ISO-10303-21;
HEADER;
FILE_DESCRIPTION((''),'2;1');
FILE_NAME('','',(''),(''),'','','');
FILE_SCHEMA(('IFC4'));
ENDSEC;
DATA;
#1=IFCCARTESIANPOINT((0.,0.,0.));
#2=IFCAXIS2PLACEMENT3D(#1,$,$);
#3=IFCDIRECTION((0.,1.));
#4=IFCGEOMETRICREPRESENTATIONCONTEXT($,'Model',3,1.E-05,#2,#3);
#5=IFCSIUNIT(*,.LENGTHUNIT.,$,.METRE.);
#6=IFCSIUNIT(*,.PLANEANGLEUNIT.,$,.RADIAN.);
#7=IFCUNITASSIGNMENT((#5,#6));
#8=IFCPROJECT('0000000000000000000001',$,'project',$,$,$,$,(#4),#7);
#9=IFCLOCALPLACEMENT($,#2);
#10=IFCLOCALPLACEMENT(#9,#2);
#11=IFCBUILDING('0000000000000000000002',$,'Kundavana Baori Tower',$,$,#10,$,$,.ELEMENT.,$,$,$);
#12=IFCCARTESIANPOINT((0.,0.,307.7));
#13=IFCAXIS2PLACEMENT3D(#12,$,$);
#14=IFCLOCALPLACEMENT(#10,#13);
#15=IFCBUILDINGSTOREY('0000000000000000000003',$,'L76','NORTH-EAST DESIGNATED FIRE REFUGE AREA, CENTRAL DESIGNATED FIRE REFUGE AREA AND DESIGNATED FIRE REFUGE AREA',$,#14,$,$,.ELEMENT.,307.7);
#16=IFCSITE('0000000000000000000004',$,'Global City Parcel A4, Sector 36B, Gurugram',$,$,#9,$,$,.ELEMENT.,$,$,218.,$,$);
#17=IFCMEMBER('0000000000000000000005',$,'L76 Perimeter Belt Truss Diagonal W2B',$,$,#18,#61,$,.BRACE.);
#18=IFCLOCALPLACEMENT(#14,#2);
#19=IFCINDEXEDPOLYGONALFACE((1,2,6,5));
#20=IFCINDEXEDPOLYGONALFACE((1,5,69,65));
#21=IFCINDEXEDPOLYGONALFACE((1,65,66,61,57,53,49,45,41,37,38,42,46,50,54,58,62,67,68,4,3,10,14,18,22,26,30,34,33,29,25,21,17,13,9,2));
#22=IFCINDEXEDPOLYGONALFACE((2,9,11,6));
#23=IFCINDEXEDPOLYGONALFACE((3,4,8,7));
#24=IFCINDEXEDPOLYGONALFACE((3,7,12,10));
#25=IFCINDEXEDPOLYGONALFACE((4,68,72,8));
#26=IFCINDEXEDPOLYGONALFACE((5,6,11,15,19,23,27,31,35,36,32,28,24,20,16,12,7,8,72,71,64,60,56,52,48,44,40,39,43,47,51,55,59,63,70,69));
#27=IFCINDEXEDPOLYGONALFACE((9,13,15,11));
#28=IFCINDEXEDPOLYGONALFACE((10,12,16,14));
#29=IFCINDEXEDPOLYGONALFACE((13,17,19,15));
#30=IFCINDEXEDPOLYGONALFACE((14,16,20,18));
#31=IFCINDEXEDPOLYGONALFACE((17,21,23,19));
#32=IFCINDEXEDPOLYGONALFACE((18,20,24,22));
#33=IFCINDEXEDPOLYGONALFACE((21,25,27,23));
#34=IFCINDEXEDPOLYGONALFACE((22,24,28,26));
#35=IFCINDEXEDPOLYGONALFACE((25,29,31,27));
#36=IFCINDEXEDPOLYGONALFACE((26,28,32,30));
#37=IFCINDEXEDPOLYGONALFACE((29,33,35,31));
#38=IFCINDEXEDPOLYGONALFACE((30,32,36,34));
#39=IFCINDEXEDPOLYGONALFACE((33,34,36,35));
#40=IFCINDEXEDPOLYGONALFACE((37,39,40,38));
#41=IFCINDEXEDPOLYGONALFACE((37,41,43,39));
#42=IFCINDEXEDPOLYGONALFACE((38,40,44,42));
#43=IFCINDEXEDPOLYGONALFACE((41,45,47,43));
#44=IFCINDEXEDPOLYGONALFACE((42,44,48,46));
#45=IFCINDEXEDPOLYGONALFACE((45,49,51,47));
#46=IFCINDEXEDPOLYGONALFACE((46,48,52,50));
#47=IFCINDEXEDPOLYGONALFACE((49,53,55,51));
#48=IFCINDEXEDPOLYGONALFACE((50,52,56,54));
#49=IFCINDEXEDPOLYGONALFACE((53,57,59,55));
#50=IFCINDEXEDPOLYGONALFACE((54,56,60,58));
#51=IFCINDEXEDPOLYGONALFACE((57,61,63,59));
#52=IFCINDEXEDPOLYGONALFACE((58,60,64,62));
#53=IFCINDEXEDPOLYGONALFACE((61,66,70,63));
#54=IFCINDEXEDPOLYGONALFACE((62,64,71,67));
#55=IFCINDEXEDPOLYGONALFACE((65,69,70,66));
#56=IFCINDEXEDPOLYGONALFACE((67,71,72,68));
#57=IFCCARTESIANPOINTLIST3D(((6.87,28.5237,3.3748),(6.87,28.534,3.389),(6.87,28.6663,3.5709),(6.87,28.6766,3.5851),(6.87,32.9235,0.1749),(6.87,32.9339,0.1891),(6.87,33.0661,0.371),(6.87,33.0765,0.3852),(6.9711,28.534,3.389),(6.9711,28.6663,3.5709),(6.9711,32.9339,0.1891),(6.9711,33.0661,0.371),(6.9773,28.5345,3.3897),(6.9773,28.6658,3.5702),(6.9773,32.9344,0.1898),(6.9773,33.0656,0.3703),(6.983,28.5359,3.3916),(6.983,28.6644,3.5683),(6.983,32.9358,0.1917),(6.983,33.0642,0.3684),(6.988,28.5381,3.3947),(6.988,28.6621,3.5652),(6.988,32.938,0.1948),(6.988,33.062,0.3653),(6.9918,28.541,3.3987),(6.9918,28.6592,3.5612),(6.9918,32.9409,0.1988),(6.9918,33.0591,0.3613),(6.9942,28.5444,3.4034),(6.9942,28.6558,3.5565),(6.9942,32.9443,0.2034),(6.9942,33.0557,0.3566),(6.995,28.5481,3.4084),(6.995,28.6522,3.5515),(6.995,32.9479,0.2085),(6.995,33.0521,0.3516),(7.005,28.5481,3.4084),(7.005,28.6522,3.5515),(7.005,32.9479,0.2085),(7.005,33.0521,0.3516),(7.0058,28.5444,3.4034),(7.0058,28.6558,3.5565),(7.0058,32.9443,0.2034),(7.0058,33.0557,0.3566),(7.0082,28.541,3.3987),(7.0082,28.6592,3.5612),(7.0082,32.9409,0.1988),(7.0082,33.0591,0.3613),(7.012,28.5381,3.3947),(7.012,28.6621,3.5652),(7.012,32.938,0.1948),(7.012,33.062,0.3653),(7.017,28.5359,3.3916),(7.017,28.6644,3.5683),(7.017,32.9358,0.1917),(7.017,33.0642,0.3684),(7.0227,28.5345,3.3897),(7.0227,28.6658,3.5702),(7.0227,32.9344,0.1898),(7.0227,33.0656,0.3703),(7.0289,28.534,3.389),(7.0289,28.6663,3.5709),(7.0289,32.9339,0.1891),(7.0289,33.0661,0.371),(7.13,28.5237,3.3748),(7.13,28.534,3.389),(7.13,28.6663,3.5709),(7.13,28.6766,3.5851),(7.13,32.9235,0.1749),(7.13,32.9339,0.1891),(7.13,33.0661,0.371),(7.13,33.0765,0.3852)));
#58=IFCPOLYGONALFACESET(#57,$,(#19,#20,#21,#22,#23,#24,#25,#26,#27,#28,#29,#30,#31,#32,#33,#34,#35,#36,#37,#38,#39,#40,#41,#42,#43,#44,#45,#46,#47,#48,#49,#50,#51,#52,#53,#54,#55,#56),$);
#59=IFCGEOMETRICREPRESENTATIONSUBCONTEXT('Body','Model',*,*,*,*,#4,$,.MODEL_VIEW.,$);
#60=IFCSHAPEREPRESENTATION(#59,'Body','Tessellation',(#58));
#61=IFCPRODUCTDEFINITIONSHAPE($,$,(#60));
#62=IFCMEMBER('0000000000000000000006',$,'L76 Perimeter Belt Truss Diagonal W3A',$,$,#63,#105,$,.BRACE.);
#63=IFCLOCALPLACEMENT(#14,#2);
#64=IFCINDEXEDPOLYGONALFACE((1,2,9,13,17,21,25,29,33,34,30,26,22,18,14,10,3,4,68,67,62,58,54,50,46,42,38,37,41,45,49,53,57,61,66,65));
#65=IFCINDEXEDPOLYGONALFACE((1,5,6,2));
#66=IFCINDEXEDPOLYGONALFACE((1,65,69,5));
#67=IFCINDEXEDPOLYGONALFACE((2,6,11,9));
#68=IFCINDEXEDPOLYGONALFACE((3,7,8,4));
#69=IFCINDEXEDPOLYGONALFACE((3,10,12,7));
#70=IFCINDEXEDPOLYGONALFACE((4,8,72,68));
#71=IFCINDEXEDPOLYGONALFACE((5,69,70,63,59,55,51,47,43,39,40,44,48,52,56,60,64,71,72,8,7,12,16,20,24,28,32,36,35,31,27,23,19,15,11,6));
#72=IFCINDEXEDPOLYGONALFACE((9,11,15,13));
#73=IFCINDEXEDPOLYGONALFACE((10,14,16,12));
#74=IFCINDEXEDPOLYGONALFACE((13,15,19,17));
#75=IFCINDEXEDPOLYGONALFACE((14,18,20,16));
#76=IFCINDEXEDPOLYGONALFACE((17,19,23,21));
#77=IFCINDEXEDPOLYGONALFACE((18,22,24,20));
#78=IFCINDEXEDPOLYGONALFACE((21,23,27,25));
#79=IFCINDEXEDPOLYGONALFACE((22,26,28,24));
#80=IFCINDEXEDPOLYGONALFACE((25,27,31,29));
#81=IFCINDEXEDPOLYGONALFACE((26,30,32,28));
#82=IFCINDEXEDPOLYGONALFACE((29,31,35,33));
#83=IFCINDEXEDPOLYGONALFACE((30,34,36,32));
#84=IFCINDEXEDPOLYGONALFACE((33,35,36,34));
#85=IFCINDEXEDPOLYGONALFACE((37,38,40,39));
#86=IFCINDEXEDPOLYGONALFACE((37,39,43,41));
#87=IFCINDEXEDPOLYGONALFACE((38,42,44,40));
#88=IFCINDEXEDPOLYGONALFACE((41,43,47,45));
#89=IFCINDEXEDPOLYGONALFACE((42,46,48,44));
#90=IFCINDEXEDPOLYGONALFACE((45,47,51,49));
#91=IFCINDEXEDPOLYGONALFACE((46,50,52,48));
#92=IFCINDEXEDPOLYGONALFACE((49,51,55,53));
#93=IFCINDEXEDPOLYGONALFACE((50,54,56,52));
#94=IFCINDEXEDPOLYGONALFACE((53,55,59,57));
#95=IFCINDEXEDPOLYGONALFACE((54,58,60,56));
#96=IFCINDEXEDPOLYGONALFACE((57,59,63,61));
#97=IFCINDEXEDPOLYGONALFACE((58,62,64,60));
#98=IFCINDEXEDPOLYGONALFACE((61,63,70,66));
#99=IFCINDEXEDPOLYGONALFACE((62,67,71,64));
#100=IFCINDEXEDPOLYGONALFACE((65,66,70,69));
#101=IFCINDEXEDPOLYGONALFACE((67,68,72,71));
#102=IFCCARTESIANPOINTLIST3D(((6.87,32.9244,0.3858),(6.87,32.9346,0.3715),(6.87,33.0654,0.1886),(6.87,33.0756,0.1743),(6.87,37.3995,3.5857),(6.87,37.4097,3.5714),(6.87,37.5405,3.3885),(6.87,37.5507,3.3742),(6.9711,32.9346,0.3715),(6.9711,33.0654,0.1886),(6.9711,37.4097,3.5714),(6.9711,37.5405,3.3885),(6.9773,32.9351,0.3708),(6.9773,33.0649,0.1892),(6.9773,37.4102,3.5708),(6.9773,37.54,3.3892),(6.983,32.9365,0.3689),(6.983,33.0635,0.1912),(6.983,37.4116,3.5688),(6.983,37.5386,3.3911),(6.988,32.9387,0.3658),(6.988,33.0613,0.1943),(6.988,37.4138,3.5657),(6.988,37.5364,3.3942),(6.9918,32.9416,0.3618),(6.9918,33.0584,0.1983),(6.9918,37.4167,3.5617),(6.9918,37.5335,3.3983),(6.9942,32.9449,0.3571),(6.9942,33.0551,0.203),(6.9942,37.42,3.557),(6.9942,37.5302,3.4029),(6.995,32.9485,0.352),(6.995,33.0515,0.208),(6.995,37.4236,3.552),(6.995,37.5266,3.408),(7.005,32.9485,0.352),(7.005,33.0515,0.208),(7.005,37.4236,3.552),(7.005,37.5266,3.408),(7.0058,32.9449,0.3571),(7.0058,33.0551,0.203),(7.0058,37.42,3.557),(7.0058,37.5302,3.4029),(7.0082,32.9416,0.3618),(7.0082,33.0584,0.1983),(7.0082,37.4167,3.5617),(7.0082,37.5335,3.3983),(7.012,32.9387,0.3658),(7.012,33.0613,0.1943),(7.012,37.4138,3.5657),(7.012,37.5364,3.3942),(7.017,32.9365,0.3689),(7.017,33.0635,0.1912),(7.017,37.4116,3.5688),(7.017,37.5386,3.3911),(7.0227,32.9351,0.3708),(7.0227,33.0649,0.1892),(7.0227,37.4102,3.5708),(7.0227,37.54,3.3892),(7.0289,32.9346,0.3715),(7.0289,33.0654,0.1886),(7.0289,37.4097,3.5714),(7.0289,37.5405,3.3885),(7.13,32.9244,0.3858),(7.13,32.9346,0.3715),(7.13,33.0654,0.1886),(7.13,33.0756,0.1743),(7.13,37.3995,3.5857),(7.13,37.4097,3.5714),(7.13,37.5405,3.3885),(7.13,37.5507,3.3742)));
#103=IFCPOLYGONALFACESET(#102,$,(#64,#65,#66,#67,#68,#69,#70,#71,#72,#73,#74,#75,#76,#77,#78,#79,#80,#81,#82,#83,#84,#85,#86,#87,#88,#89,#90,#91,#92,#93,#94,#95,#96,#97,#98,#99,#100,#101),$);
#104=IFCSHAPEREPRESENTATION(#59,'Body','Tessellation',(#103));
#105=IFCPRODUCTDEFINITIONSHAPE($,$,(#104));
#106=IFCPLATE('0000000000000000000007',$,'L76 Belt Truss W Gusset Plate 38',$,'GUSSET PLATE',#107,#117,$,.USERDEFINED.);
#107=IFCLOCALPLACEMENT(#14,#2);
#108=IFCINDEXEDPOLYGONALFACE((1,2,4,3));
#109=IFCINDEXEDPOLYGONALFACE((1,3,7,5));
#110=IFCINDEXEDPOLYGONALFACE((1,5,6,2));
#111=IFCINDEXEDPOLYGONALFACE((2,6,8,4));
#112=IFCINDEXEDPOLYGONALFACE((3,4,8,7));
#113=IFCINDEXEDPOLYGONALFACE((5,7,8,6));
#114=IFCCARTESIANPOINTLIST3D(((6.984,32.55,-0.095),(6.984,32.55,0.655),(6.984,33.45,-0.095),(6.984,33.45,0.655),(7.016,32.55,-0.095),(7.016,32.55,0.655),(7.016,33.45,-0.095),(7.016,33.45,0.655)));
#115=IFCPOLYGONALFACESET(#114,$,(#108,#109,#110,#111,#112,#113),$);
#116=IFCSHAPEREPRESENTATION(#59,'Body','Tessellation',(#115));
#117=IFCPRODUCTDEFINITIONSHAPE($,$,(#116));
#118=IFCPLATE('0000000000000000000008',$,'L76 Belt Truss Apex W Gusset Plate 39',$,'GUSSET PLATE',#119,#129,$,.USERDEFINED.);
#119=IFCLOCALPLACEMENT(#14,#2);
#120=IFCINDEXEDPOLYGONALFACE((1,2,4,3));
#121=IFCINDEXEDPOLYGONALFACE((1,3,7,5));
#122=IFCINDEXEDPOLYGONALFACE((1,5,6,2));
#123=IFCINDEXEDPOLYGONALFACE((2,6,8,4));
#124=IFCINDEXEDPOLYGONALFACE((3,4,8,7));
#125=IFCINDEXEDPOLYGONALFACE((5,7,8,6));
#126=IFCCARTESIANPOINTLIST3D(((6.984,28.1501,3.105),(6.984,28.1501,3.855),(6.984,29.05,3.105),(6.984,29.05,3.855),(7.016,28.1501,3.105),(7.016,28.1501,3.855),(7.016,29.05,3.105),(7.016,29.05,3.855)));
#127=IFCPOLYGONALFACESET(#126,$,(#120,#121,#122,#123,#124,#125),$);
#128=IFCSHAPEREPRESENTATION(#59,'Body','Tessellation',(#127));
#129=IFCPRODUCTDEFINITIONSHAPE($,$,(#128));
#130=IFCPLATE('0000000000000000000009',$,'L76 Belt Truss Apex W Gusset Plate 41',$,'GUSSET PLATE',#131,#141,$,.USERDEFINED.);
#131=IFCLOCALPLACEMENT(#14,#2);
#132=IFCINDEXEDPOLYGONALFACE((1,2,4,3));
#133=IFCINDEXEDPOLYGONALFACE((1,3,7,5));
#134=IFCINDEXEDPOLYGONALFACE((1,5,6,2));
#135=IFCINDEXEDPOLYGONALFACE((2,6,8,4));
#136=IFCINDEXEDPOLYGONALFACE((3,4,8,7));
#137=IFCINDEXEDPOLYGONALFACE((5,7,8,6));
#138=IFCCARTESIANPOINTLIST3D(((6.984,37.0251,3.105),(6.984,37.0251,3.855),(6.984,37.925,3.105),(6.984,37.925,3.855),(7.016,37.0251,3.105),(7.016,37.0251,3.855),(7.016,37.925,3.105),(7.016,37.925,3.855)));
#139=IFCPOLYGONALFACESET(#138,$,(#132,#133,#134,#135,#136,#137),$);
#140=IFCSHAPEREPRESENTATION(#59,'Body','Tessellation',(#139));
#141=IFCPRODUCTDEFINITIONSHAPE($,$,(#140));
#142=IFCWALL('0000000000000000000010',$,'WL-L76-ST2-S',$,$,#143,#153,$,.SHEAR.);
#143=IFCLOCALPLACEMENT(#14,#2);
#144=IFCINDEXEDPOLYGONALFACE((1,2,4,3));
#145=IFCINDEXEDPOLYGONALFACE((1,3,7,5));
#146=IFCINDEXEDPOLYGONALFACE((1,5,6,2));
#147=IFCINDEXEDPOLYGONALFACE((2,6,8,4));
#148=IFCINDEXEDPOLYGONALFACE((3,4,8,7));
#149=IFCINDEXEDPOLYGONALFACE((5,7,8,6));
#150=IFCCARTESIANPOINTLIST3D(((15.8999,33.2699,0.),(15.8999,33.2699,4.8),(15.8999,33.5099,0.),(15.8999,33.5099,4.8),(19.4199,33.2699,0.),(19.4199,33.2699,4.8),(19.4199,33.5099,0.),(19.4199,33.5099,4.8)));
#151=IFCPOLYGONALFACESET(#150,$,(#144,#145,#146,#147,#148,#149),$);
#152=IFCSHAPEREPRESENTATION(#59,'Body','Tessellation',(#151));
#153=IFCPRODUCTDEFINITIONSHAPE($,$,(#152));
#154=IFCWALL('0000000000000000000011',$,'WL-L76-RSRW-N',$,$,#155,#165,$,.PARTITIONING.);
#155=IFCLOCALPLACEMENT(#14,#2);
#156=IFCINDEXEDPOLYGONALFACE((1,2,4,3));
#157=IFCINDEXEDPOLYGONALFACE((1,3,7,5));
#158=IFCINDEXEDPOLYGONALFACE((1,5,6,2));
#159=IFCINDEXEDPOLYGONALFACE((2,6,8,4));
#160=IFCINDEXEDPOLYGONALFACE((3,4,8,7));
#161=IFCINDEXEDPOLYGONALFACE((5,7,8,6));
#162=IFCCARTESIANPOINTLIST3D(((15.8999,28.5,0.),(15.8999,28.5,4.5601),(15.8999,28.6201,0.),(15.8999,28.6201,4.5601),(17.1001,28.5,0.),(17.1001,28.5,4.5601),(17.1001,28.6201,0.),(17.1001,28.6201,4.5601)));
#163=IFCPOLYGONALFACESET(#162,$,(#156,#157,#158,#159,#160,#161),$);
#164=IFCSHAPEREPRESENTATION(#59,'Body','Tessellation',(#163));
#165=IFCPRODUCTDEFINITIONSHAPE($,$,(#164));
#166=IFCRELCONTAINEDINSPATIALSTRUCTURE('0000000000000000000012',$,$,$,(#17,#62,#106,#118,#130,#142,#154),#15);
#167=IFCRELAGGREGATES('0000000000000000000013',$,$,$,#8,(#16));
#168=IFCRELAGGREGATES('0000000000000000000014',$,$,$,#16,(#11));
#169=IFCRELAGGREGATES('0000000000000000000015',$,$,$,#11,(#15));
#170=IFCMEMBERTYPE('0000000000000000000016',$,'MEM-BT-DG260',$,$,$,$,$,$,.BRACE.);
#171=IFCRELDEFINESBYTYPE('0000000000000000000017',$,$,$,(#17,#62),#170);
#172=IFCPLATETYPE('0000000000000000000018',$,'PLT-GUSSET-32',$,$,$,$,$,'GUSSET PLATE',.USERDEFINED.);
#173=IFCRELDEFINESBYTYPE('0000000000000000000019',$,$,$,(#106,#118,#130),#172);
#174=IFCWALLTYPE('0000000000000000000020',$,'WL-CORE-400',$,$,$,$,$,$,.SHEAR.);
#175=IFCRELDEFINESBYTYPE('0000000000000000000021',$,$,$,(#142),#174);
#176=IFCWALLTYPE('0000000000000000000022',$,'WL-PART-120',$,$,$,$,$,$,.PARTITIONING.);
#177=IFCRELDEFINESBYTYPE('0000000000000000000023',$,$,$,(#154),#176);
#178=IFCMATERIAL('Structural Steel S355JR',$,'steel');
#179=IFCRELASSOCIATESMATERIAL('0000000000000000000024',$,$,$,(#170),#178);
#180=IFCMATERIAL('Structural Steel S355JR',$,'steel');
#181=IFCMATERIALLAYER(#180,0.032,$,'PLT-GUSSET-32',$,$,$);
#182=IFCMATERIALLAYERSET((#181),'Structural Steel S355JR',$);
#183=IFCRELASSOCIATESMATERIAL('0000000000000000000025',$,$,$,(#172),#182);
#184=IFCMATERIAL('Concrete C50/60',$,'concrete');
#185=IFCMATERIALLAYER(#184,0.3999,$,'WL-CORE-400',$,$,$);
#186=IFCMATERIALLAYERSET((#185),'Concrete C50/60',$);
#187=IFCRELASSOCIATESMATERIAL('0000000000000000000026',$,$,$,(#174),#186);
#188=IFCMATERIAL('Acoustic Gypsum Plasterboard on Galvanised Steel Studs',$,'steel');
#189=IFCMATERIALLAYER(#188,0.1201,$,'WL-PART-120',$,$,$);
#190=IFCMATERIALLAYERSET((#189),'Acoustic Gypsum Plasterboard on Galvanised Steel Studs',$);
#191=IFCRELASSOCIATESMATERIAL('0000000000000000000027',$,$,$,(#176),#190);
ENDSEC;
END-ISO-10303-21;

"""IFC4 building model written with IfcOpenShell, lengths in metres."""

from ifc_helpers import new_model, si_unit, direction, frame, frame_2d, origin, origin_2d, place, context, subcontext, project, spatial, rectangle, i_section, extrude, material, layer, layer_set, material_profile, profile_set, type_object, element, save


model = new_model("IFC4")

# Units and contexts
model_context = context("Model", 3, precision=1e-05, world=origin(), true_north=direction((0.0, 1.0)))
body_context = subcontext(model_context, "Body", "Model", "MODEL_VIEW")
ifc_project = project(units=[si_unit("LENGTHUNIT", "METRE"), si_unit("PLANEANGLEUNIT", "RADIAN")], contexts=[model_context])

# Site, building, storey
site_placement = place(None, origin())
site = spatial("IfcSite", under=ifc_project, at=site_placement, Name="Global City Parcel A4, Sector 36B, Gurugram", CompositionType="ELEMENT", RefElevation=218.0)
building_placement = place(site_placement, origin())
building = spatial("IfcBuilding", under=site, at=building_placement, Name="Kundavana Baori Tower", CompositionType="ELEMENT")
storey_placement = place(building_placement, frame((0.0, 0.0, 307.7)))
storey = spatial("IfcBuildingStorey", under=building, at=storey_placement, Name="L76", Description="NORTH-EAST DESIGNATED FIRE REFUGE AREA, CENTRAL DESIGNATED FIRE REFUGE AREA AND DESIGNATED FIRE REFUGE AREA", CompositionType="ELEMENT", Elevation=307.7)

# Members
ifc_material_1 = material(Name="Structural Steel S355JR", Category="steel")
ifc_material_profile_1 = material_profile(ifc_material_1, i_section(OverallWidth=0.26, OverallDepth=0.26, WebThickness=0.01, FlangeThickness=0.0176, FilletRadius=0.0239, at=origin_2d()), Name="WPB 260x260x93")
ifc_profile_set_1 = profile_set([ifc_material_profile_1], Name="Structural Steel S355JR")
member_type_1 = type_object("IfcMemberType", Name="MEM-BT-DG260", PredefinedType="BRACE", material=ifc_profile_set_1)
member_1_placement = place(storey_placement, frame((7.0, 33.0, 0.28), z_axis=(0.0, -0.808734, 0.588174), x_axis=(1.0, 0.0, 0.0)))
element("IfcMember", 1, at=member_1_placement, inside=storey, type_object=member_type_1, Name="L76 Perimeter Belt Truss Diagonal W2B", PredefinedType="BRACE", context=body_context, shape_type="SweptSolid", body=[
    extrude(i_section(OverallWidth=0.26, OverallDepth=0.26, WebThickness=0.01, FlangeThickness=0.0176, FilletRadius=0.0239, at=origin_2d()), origin(), (0.0, 0.0, 1.0), 5.4404),
])
member_2_placement = place(storey_placement, frame((7.0, 33.0, 0.28), z_axis=(0.0, 0.813437, 0.581654), x_axis=(-1.0, 0.0, 0.0)))
element("IfcMember", 2, at=member_2_placement, inside=storey, type_object=member_type_1, Name="L76 Perimeter Belt Truss Diagonal W3A", PredefinedType="BRACE", context=body_context, shape_type="SweptSolid", body=[
    extrude(i_section(OverallWidth=0.26, OverallDepth=0.26, WebThickness=0.01, FlangeThickness=0.0176, FilletRadius=0.0239, at=origin_2d()), origin(), (0.0, 0.0, 1.0), 5.5015),
])

# Plates
ifc_material_2 = material(Name="Structural Steel S355JR", Category="steel")
ifc_layer_1 = layer(ifc_material_2, 0.032, Name="PLT-GUSSET-32")
ifc_layer_set_1 = layer_set([ifc_layer_1], Name="Structural Steel S355JR")
plate_type = type_object("IfcPlateType", Name="PLT-GUSSET-32", ElementType="GUSSET PLATE", PredefinedType="USERDEFINED", material=ifc_layer_set_1)
for number, where, z_axis, x_axis, name in (
    (3, (7.0, 33.0, -0.095), (0.0, 0.0, 1.0), (1.0, 0.0, 0.0), "L76 Belt Truss W Gusset Plate 38"),
    (4, (7.0, 28.6001, 3.105), (0.0, 0.0, 1.0), (1.0, 0.0, 0.0), "L76 Belt Truss Apex W Gusset Plate 39"),
    (5, (7.0, 37.4751, 3.105), (0.0, 0.0, 1.0), (1.0, 0.0, 0.0), "L76 Belt Truss Apex W Gusset Plate 41"),
):
    element("IfcPlate", number, at=place(storey_placement, frame(where, z_axis=z_axis, x_axis=x_axis)), inside=storey, type_object=plate_type, Name=name, ObjectType="GUSSET PLATE", PredefinedType="USERDEFINED", context=body_context, shape_type="SweptSolid", body=[
        extrude(rectangle(XDim=0.032, YDim=0.8999, at=origin_2d()), origin(), (0.0, 0.0, 1.0), 0.75),
    ])

# Walls
ifc_material_3 = material(Name="Concrete C50/60", Category="concrete")
ifc_layer_2 = layer(ifc_material_3, 0.3999, Name="WL-CORE-400")
ifc_layer_set_2 = layer_set([ifc_layer_2], Name="Concrete C50/60")
wall_type_1 = type_object("IfcWallType", Name="WL-CORE-400", PredefinedType="SHEAR", material=ifc_layer_set_2)
wall_1_placement = place(storey_placement, frame((15.8999, 33.3899, 0.0), z_axis=(0.0, 0.0, 1.0), x_axis=(1.0, 0.0, 0.0)))
element("IfcWall", 6, at=wall_1_placement, inside=storey, type_object=wall_type_1, Name="WL-L76-ST2-S", PredefinedType="SHEAR", context=body_context, shape_type="SweptSolid", body=[
    extrude(rectangle(XDim=3.52, YDim=0.24, at=frame_2d((1.76, 0.0))), origin(), (0.0, 0.0, 1.0), 4.8),
])
ifc_material_4 = material(Name="Acoustic Gypsum Plasterboard on Galvanised Steel Studs", Category="steel")
ifc_layer_3 = layer(ifc_material_4, 0.1201, Name="WL-PART-120")
ifc_layer_set_3 = layer_set([ifc_layer_3], Name="Acoustic Gypsum Plasterboard on Galvanised Steel Studs")
wall_type_2 = type_object("IfcWallType", Name="WL-PART-120", PredefinedType="PARTITIONING", material=ifc_layer_set_3)
wall_2_placement = place(storey_placement, frame((15.8999, 28.5601, 0.0), z_axis=(0.0, 0.0, 1.0), x_axis=(1.0, 0.0, 0.0)))
element("IfcWall", 7, at=wall_2_placement, inside=storey, type_object=wall_type_2, Name="WL-L76-RSRW-N", PredefinedType="PARTITIONING", context=body_context, shape_type="SweptSolid", body=[
    extrude(rectangle(XDim=1.2002, YDim=0.1201, at=frame_2d((0.6001, 0.0))), origin(), (0.0, 0.0, 1.0), 4.5601),
])

save(model, "model.ifc")
